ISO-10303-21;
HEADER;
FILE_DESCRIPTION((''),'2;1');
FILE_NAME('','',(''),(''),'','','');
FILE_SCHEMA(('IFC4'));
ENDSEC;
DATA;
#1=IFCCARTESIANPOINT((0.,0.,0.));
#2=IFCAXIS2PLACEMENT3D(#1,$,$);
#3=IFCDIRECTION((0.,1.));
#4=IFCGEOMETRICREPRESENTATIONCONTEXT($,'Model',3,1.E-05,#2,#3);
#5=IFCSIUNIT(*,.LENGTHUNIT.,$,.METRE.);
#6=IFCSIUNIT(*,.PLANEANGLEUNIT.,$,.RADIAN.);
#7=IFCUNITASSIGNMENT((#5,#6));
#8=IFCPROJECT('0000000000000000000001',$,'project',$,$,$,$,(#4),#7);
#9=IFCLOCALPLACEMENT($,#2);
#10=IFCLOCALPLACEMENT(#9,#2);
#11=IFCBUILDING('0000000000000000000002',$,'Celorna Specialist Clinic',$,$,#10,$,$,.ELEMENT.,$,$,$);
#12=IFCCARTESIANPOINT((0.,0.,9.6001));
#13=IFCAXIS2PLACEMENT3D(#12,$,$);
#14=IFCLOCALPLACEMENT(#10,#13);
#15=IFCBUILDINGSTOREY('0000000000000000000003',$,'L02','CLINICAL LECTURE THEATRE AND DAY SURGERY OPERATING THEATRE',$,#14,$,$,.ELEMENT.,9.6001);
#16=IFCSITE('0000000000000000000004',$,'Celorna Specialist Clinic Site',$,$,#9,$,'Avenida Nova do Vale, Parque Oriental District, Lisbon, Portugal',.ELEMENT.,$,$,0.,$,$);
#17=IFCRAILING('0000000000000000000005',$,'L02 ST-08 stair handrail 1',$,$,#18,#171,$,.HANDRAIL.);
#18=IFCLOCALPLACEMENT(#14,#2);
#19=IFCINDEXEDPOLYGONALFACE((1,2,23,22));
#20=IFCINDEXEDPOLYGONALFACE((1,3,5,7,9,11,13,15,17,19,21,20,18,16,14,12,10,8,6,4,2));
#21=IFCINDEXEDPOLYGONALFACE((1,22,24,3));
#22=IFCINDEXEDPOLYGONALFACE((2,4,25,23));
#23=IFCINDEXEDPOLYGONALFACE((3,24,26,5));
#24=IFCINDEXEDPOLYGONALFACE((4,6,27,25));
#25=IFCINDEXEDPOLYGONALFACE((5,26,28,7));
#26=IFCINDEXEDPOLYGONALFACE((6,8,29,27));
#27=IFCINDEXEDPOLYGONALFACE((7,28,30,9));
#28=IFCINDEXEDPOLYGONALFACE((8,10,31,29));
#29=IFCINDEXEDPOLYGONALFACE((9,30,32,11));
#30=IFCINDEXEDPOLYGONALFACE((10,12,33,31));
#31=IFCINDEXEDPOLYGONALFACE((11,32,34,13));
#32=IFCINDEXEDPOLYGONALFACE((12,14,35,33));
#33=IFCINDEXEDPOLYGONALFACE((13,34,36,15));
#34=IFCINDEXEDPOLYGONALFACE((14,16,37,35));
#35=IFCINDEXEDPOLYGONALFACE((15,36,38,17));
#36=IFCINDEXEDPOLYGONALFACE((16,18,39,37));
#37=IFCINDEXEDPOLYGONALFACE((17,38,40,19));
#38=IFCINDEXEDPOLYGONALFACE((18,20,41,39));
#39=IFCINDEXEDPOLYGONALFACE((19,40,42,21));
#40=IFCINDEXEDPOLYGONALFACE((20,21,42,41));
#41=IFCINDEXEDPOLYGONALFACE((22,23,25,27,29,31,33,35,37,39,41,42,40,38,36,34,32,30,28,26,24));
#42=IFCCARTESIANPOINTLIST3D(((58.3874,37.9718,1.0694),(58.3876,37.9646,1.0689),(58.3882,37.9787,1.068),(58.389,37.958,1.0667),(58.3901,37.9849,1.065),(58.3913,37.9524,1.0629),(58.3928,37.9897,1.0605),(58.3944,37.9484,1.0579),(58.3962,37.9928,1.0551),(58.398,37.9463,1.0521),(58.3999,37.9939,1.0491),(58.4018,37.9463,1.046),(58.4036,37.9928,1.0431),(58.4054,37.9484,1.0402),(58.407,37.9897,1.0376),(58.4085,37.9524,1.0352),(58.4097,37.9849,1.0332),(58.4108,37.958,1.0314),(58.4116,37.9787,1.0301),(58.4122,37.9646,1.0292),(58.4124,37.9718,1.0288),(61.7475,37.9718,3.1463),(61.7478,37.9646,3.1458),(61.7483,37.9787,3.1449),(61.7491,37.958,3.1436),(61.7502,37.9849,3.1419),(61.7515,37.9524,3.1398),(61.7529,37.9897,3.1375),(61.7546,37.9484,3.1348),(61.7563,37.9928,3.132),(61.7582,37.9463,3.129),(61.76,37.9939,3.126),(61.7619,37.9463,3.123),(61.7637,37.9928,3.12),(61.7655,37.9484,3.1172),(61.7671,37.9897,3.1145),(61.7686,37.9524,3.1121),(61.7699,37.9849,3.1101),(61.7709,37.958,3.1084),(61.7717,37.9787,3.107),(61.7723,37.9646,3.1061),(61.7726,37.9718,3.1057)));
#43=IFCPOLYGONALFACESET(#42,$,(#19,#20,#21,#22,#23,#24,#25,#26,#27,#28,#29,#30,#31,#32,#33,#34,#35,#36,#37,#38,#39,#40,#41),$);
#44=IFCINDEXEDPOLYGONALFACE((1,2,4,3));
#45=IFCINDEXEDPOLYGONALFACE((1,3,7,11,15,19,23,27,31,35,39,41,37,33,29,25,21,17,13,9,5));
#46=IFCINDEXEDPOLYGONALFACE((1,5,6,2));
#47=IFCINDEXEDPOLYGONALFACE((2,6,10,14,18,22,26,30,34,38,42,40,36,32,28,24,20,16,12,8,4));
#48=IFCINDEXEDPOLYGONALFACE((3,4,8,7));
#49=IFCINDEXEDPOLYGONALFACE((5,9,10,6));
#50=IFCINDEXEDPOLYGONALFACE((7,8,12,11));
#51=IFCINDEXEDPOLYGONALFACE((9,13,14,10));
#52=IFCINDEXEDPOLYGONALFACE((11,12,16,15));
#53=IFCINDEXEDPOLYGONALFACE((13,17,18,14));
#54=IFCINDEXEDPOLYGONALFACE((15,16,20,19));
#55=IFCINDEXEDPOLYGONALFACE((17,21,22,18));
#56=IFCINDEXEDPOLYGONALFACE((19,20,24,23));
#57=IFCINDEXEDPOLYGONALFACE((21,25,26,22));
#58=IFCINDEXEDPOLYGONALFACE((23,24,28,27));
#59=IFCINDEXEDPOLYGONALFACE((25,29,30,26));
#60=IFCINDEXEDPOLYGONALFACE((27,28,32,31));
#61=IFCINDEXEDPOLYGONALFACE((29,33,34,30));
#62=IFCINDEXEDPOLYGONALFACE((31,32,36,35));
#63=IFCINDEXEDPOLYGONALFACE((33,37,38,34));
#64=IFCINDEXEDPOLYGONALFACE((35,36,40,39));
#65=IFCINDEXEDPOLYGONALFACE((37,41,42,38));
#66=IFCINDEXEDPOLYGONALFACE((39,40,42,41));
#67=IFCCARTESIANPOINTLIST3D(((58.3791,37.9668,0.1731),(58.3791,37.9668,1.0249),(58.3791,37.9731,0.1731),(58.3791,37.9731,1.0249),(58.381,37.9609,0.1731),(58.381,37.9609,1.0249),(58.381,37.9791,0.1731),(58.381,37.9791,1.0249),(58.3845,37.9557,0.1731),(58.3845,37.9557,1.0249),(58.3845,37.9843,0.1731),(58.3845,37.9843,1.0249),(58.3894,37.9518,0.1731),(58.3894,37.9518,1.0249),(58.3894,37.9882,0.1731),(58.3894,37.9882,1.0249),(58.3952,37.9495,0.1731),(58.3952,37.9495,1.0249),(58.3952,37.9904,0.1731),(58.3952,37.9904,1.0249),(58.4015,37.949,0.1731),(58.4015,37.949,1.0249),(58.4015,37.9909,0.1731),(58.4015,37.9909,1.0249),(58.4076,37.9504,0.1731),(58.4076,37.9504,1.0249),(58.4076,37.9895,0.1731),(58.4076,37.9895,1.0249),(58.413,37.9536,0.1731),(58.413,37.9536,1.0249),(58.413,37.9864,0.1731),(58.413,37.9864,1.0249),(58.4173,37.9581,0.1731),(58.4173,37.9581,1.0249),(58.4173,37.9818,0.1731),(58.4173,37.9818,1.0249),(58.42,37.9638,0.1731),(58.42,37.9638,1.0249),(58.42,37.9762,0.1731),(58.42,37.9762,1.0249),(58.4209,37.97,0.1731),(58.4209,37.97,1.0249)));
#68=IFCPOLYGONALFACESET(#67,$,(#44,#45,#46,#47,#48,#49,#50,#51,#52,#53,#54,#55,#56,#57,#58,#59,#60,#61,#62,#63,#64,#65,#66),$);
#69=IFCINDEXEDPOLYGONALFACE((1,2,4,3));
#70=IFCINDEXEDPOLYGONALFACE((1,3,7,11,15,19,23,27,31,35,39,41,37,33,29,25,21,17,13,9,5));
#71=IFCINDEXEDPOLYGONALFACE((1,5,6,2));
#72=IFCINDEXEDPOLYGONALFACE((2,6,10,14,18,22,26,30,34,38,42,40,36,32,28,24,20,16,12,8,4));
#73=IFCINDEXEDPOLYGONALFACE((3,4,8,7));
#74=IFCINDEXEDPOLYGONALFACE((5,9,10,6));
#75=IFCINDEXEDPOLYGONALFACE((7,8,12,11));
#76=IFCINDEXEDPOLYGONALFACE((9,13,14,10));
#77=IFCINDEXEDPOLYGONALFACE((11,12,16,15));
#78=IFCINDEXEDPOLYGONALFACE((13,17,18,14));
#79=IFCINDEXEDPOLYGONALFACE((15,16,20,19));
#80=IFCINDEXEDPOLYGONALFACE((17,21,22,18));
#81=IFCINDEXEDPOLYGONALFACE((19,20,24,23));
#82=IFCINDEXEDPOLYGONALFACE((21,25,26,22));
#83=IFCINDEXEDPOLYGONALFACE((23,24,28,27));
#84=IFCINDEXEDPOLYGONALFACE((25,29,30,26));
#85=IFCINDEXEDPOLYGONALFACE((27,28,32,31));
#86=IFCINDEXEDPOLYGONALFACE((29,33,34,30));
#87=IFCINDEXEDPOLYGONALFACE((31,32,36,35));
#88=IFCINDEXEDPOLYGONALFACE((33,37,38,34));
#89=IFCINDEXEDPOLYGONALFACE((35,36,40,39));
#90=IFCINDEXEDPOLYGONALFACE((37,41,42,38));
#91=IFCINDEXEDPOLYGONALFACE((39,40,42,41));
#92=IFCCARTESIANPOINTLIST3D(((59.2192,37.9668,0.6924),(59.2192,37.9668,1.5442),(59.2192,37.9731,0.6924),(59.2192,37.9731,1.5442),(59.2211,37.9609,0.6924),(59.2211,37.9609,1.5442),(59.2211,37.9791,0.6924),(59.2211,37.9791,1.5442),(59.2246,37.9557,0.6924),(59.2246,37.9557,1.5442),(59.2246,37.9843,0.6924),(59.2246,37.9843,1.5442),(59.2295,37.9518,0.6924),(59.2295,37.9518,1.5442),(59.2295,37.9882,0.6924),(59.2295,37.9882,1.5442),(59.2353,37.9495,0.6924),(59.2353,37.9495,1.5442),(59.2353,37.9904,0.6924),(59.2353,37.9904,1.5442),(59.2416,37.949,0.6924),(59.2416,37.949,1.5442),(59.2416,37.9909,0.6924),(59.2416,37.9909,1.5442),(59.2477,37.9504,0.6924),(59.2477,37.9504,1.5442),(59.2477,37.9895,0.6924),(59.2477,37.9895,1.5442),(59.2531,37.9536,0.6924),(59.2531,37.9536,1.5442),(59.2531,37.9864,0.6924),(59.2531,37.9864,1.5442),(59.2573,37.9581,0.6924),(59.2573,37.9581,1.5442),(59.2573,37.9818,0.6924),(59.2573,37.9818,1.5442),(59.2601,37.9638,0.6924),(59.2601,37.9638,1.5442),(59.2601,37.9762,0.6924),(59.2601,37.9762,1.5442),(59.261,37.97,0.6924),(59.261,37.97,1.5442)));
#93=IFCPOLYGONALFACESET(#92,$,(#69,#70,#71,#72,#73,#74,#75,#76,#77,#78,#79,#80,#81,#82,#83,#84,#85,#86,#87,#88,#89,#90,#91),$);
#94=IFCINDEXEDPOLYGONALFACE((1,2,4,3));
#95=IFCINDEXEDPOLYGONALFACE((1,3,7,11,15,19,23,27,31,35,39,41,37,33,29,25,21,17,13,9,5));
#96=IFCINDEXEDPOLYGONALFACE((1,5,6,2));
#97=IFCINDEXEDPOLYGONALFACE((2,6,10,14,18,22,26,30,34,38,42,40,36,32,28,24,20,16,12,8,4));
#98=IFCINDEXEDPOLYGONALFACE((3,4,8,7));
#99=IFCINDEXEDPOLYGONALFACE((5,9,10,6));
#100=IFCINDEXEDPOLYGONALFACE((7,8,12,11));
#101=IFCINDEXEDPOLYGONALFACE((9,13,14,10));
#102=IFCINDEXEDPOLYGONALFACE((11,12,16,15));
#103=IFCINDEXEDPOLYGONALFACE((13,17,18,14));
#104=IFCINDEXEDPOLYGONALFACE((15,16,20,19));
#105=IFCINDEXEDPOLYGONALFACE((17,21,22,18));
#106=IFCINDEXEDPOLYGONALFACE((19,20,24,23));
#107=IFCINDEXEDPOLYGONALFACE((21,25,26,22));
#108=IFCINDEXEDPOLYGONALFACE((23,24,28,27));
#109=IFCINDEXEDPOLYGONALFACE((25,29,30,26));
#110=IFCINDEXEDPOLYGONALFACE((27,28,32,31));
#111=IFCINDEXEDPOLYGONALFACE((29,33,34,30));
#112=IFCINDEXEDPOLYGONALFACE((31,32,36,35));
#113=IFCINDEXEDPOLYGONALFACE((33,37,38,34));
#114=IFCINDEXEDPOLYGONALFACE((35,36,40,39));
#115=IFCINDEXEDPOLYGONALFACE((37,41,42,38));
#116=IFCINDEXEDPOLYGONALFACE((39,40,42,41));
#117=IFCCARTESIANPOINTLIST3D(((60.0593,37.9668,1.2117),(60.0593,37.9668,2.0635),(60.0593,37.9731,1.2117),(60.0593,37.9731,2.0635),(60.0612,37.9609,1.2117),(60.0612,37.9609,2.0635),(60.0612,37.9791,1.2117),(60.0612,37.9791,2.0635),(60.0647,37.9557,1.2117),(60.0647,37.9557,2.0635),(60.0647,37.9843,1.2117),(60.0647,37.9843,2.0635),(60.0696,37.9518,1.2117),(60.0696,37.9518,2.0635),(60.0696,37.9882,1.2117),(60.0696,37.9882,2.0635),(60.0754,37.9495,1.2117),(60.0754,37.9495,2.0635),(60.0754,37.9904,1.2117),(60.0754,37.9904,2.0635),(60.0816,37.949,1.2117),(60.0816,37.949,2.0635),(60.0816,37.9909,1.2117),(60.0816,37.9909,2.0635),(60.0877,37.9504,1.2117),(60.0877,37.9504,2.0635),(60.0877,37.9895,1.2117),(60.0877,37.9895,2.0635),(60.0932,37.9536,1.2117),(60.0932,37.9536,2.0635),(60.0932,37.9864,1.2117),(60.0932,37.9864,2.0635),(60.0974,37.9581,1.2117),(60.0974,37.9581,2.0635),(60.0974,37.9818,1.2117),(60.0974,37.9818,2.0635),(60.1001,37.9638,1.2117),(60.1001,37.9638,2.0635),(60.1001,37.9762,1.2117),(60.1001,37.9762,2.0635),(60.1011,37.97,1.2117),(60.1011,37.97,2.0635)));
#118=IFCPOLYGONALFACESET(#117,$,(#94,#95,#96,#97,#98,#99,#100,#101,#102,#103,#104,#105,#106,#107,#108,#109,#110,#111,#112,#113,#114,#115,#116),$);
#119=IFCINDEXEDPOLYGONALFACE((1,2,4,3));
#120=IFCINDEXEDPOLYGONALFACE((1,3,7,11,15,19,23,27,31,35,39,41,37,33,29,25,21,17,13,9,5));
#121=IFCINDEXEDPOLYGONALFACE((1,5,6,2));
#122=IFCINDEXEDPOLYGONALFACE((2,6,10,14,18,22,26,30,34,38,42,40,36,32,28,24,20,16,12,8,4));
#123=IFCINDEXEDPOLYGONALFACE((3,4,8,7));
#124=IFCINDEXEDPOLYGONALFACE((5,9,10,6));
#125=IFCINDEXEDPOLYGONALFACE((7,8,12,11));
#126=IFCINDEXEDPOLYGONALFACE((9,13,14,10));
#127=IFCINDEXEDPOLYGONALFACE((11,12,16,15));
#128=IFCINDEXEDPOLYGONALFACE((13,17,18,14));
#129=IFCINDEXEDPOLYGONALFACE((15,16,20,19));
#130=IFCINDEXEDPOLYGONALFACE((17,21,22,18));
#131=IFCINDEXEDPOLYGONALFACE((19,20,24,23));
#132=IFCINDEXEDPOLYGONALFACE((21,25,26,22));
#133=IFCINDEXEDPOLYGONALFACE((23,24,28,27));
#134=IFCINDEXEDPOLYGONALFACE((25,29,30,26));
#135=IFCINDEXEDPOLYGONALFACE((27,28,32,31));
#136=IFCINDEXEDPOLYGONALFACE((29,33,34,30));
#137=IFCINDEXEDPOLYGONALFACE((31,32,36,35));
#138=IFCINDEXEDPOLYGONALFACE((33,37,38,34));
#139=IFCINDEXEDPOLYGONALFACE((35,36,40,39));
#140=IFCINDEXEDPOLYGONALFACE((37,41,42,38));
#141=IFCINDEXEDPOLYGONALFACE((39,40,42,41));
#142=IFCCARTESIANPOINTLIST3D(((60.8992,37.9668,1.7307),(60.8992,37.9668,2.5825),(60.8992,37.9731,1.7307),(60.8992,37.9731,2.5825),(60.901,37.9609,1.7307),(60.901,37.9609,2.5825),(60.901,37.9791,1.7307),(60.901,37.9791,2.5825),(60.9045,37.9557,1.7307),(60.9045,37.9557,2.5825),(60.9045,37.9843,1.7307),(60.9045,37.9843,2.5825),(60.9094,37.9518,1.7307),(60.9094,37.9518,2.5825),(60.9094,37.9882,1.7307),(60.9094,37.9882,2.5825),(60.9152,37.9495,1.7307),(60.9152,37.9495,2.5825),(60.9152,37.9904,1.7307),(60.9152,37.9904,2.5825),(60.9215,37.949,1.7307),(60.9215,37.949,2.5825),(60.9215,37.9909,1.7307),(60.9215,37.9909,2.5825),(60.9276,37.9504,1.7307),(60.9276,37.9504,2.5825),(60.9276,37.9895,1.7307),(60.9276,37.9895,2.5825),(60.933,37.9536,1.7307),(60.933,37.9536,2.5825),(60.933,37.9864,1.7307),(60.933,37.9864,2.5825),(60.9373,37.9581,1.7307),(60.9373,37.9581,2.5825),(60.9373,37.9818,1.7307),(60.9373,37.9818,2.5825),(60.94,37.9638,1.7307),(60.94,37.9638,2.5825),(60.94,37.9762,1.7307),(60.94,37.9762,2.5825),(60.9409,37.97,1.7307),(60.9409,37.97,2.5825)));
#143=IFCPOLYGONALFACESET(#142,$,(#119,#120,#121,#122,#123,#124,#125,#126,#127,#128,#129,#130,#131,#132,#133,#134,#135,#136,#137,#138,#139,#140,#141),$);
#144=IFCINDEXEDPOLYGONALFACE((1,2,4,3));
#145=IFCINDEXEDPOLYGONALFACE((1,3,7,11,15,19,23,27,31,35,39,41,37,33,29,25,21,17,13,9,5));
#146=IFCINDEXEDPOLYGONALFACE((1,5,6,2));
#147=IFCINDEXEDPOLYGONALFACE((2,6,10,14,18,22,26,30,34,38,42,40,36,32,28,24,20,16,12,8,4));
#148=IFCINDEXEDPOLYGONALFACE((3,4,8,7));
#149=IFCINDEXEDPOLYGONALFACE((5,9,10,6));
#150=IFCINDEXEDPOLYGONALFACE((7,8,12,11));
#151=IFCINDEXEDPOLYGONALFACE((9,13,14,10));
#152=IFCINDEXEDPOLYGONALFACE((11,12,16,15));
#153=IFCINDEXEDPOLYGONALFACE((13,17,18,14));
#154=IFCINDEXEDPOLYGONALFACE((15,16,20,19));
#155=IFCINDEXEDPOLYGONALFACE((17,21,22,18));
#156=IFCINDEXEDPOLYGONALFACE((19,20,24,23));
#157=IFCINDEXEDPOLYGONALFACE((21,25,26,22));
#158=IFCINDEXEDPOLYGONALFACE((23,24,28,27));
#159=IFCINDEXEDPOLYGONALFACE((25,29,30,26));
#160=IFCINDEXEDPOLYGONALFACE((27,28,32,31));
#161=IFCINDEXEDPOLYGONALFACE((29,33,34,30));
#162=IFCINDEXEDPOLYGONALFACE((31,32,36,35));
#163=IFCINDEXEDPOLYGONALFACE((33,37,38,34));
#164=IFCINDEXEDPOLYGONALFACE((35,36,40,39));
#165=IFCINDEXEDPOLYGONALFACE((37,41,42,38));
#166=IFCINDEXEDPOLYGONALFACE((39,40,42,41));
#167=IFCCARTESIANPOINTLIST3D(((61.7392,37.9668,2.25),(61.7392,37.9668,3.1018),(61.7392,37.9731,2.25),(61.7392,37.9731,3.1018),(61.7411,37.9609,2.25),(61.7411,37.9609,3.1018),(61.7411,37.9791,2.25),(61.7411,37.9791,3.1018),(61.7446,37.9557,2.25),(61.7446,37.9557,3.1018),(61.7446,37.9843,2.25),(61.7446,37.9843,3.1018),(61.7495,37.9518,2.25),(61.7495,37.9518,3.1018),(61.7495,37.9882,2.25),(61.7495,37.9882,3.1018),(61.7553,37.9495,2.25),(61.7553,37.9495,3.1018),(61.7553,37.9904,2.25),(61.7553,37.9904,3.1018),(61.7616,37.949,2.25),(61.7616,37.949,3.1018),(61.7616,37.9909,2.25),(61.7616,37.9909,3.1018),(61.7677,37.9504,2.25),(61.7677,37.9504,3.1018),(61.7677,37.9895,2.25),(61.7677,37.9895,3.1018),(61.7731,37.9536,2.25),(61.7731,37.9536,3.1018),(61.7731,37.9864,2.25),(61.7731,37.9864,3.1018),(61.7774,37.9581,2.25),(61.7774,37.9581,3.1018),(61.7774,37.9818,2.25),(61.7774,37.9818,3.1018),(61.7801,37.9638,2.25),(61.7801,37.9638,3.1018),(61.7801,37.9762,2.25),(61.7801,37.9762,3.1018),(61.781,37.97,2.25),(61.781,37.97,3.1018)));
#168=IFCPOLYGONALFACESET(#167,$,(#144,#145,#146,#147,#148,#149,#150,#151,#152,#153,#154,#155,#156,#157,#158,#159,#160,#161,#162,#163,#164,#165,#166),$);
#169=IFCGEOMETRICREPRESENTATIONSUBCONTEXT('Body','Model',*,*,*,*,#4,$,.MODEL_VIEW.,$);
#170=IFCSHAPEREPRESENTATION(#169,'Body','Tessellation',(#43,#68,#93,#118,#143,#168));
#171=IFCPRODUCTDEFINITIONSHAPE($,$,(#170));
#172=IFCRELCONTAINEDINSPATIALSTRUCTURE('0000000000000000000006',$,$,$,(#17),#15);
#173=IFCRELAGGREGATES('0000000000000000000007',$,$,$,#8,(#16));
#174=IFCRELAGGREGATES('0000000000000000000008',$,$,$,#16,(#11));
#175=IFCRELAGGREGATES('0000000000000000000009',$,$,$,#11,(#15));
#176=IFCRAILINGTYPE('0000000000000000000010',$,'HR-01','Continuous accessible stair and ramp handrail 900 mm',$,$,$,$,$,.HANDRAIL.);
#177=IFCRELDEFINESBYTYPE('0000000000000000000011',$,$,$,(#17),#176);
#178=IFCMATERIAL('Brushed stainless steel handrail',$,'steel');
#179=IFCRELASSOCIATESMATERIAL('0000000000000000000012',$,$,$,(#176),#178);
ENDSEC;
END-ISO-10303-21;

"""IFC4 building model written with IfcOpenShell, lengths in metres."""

from ifc_helpers import new_model, si_unit, direction, frame, origin, origin_2d, place, context, subcontext, project, spatial, circle, extrude, material, type_object, element, save


model = new_model("IFC4")

# Units and contexts
model_context = context("Model", 3, precision=1e-05, world=origin(), true_north=direction((0.0, 1.0)))
body_context = subcontext(model_context, "Body", "Model", "MODEL_VIEW")
ifc_project = project(units=[si_unit("LENGTHUNIT", "METRE"), si_unit("PLANEANGLEUNIT", "RADIAN")], contexts=[model_context])

# Site, building, storey
site_placement = place(None, origin())
site = spatial("IfcSite", under=ifc_project, at=site_placement, Name="Celorna Specialist Clinic Site", LongName="Avenida Nova do Vale, Parque Oriental District, Lisbon, Portugal", CompositionType="ELEMENT", RefElevation=0.0)
building_placement = place(site_placement, origin())
building = spatial("IfcBuilding", under=site, at=building_placement, Name="Celorna Specialist Clinic", CompositionType="ELEMENT")
storey_placement = place(building_placement, frame((0.0, 0.0, 9.6001)))
storey = spatial("IfcBuildingStorey", under=building, at=storey_placement, Name="L02", Description="CLINICAL LECTURE THEATRE AND DAY SURGERY OPERATING THEATRE", CompositionType="ELEMENT", Elevation=9.6001)

# Railing
ifc_material_1 = material(Name="Brushed stainless steel handrail", Category="steel")
railing_type_1 = type_object("IfcRailingType", Name="HR-01", Description="Continuous accessible stair and ramp handrail 900 mm", PredefinedType="HANDRAIL", material=ifc_material_1)
railing_1_placement = place(storey_placement, frame((58.3999, 37.97, 0.1731)))
element("IfcRailing", 1, at=railing_1_placement, inside=storey, type_object=railing_type_1, Name="L02 ST-08 stair handrail 1", PredefinedType="HANDRAIL", context=body_context, shape_type="SweptSolid", body=[
    extrude(circle(Radius=0.0239, at=origin_2d()), frame((0.0, 0.0, 0.876), z_axis=(0.850623, 0.0, 0.525776), x_axis=(0.0, 1.0, 0.0)), (0.0, 0.0, 1.0), 3.9502),
    extrude(circle(Radius=0.021, at=origin_2d()), origin(), (0.0, 0.0, 1.0), 0.8518),
    extrude(circle(Radius=0.021, at=origin_2d()), frame((0.8401, 0.0, 0.5193)), (0.0, 0.0, 1.0), 0.8518),
    extrude(circle(Radius=0.021, at=origin_2d()), frame((1.6802, 0.0, 1.0386)), (0.0, 0.0, 1.0), 0.8518),
    extrude(circle(Radius=0.021, at=origin_2d()), frame((2.52, 0.0, 1.5576)), (0.0, 0.0, 1.0), 0.8518),
    extrude(circle(Radius=0.021, at=origin_2d()), frame((3.3601, 0.0, 2.0769)), (0.0, 0.0, 1.0), 0.8518),
])

save(model, "model.ifc")
